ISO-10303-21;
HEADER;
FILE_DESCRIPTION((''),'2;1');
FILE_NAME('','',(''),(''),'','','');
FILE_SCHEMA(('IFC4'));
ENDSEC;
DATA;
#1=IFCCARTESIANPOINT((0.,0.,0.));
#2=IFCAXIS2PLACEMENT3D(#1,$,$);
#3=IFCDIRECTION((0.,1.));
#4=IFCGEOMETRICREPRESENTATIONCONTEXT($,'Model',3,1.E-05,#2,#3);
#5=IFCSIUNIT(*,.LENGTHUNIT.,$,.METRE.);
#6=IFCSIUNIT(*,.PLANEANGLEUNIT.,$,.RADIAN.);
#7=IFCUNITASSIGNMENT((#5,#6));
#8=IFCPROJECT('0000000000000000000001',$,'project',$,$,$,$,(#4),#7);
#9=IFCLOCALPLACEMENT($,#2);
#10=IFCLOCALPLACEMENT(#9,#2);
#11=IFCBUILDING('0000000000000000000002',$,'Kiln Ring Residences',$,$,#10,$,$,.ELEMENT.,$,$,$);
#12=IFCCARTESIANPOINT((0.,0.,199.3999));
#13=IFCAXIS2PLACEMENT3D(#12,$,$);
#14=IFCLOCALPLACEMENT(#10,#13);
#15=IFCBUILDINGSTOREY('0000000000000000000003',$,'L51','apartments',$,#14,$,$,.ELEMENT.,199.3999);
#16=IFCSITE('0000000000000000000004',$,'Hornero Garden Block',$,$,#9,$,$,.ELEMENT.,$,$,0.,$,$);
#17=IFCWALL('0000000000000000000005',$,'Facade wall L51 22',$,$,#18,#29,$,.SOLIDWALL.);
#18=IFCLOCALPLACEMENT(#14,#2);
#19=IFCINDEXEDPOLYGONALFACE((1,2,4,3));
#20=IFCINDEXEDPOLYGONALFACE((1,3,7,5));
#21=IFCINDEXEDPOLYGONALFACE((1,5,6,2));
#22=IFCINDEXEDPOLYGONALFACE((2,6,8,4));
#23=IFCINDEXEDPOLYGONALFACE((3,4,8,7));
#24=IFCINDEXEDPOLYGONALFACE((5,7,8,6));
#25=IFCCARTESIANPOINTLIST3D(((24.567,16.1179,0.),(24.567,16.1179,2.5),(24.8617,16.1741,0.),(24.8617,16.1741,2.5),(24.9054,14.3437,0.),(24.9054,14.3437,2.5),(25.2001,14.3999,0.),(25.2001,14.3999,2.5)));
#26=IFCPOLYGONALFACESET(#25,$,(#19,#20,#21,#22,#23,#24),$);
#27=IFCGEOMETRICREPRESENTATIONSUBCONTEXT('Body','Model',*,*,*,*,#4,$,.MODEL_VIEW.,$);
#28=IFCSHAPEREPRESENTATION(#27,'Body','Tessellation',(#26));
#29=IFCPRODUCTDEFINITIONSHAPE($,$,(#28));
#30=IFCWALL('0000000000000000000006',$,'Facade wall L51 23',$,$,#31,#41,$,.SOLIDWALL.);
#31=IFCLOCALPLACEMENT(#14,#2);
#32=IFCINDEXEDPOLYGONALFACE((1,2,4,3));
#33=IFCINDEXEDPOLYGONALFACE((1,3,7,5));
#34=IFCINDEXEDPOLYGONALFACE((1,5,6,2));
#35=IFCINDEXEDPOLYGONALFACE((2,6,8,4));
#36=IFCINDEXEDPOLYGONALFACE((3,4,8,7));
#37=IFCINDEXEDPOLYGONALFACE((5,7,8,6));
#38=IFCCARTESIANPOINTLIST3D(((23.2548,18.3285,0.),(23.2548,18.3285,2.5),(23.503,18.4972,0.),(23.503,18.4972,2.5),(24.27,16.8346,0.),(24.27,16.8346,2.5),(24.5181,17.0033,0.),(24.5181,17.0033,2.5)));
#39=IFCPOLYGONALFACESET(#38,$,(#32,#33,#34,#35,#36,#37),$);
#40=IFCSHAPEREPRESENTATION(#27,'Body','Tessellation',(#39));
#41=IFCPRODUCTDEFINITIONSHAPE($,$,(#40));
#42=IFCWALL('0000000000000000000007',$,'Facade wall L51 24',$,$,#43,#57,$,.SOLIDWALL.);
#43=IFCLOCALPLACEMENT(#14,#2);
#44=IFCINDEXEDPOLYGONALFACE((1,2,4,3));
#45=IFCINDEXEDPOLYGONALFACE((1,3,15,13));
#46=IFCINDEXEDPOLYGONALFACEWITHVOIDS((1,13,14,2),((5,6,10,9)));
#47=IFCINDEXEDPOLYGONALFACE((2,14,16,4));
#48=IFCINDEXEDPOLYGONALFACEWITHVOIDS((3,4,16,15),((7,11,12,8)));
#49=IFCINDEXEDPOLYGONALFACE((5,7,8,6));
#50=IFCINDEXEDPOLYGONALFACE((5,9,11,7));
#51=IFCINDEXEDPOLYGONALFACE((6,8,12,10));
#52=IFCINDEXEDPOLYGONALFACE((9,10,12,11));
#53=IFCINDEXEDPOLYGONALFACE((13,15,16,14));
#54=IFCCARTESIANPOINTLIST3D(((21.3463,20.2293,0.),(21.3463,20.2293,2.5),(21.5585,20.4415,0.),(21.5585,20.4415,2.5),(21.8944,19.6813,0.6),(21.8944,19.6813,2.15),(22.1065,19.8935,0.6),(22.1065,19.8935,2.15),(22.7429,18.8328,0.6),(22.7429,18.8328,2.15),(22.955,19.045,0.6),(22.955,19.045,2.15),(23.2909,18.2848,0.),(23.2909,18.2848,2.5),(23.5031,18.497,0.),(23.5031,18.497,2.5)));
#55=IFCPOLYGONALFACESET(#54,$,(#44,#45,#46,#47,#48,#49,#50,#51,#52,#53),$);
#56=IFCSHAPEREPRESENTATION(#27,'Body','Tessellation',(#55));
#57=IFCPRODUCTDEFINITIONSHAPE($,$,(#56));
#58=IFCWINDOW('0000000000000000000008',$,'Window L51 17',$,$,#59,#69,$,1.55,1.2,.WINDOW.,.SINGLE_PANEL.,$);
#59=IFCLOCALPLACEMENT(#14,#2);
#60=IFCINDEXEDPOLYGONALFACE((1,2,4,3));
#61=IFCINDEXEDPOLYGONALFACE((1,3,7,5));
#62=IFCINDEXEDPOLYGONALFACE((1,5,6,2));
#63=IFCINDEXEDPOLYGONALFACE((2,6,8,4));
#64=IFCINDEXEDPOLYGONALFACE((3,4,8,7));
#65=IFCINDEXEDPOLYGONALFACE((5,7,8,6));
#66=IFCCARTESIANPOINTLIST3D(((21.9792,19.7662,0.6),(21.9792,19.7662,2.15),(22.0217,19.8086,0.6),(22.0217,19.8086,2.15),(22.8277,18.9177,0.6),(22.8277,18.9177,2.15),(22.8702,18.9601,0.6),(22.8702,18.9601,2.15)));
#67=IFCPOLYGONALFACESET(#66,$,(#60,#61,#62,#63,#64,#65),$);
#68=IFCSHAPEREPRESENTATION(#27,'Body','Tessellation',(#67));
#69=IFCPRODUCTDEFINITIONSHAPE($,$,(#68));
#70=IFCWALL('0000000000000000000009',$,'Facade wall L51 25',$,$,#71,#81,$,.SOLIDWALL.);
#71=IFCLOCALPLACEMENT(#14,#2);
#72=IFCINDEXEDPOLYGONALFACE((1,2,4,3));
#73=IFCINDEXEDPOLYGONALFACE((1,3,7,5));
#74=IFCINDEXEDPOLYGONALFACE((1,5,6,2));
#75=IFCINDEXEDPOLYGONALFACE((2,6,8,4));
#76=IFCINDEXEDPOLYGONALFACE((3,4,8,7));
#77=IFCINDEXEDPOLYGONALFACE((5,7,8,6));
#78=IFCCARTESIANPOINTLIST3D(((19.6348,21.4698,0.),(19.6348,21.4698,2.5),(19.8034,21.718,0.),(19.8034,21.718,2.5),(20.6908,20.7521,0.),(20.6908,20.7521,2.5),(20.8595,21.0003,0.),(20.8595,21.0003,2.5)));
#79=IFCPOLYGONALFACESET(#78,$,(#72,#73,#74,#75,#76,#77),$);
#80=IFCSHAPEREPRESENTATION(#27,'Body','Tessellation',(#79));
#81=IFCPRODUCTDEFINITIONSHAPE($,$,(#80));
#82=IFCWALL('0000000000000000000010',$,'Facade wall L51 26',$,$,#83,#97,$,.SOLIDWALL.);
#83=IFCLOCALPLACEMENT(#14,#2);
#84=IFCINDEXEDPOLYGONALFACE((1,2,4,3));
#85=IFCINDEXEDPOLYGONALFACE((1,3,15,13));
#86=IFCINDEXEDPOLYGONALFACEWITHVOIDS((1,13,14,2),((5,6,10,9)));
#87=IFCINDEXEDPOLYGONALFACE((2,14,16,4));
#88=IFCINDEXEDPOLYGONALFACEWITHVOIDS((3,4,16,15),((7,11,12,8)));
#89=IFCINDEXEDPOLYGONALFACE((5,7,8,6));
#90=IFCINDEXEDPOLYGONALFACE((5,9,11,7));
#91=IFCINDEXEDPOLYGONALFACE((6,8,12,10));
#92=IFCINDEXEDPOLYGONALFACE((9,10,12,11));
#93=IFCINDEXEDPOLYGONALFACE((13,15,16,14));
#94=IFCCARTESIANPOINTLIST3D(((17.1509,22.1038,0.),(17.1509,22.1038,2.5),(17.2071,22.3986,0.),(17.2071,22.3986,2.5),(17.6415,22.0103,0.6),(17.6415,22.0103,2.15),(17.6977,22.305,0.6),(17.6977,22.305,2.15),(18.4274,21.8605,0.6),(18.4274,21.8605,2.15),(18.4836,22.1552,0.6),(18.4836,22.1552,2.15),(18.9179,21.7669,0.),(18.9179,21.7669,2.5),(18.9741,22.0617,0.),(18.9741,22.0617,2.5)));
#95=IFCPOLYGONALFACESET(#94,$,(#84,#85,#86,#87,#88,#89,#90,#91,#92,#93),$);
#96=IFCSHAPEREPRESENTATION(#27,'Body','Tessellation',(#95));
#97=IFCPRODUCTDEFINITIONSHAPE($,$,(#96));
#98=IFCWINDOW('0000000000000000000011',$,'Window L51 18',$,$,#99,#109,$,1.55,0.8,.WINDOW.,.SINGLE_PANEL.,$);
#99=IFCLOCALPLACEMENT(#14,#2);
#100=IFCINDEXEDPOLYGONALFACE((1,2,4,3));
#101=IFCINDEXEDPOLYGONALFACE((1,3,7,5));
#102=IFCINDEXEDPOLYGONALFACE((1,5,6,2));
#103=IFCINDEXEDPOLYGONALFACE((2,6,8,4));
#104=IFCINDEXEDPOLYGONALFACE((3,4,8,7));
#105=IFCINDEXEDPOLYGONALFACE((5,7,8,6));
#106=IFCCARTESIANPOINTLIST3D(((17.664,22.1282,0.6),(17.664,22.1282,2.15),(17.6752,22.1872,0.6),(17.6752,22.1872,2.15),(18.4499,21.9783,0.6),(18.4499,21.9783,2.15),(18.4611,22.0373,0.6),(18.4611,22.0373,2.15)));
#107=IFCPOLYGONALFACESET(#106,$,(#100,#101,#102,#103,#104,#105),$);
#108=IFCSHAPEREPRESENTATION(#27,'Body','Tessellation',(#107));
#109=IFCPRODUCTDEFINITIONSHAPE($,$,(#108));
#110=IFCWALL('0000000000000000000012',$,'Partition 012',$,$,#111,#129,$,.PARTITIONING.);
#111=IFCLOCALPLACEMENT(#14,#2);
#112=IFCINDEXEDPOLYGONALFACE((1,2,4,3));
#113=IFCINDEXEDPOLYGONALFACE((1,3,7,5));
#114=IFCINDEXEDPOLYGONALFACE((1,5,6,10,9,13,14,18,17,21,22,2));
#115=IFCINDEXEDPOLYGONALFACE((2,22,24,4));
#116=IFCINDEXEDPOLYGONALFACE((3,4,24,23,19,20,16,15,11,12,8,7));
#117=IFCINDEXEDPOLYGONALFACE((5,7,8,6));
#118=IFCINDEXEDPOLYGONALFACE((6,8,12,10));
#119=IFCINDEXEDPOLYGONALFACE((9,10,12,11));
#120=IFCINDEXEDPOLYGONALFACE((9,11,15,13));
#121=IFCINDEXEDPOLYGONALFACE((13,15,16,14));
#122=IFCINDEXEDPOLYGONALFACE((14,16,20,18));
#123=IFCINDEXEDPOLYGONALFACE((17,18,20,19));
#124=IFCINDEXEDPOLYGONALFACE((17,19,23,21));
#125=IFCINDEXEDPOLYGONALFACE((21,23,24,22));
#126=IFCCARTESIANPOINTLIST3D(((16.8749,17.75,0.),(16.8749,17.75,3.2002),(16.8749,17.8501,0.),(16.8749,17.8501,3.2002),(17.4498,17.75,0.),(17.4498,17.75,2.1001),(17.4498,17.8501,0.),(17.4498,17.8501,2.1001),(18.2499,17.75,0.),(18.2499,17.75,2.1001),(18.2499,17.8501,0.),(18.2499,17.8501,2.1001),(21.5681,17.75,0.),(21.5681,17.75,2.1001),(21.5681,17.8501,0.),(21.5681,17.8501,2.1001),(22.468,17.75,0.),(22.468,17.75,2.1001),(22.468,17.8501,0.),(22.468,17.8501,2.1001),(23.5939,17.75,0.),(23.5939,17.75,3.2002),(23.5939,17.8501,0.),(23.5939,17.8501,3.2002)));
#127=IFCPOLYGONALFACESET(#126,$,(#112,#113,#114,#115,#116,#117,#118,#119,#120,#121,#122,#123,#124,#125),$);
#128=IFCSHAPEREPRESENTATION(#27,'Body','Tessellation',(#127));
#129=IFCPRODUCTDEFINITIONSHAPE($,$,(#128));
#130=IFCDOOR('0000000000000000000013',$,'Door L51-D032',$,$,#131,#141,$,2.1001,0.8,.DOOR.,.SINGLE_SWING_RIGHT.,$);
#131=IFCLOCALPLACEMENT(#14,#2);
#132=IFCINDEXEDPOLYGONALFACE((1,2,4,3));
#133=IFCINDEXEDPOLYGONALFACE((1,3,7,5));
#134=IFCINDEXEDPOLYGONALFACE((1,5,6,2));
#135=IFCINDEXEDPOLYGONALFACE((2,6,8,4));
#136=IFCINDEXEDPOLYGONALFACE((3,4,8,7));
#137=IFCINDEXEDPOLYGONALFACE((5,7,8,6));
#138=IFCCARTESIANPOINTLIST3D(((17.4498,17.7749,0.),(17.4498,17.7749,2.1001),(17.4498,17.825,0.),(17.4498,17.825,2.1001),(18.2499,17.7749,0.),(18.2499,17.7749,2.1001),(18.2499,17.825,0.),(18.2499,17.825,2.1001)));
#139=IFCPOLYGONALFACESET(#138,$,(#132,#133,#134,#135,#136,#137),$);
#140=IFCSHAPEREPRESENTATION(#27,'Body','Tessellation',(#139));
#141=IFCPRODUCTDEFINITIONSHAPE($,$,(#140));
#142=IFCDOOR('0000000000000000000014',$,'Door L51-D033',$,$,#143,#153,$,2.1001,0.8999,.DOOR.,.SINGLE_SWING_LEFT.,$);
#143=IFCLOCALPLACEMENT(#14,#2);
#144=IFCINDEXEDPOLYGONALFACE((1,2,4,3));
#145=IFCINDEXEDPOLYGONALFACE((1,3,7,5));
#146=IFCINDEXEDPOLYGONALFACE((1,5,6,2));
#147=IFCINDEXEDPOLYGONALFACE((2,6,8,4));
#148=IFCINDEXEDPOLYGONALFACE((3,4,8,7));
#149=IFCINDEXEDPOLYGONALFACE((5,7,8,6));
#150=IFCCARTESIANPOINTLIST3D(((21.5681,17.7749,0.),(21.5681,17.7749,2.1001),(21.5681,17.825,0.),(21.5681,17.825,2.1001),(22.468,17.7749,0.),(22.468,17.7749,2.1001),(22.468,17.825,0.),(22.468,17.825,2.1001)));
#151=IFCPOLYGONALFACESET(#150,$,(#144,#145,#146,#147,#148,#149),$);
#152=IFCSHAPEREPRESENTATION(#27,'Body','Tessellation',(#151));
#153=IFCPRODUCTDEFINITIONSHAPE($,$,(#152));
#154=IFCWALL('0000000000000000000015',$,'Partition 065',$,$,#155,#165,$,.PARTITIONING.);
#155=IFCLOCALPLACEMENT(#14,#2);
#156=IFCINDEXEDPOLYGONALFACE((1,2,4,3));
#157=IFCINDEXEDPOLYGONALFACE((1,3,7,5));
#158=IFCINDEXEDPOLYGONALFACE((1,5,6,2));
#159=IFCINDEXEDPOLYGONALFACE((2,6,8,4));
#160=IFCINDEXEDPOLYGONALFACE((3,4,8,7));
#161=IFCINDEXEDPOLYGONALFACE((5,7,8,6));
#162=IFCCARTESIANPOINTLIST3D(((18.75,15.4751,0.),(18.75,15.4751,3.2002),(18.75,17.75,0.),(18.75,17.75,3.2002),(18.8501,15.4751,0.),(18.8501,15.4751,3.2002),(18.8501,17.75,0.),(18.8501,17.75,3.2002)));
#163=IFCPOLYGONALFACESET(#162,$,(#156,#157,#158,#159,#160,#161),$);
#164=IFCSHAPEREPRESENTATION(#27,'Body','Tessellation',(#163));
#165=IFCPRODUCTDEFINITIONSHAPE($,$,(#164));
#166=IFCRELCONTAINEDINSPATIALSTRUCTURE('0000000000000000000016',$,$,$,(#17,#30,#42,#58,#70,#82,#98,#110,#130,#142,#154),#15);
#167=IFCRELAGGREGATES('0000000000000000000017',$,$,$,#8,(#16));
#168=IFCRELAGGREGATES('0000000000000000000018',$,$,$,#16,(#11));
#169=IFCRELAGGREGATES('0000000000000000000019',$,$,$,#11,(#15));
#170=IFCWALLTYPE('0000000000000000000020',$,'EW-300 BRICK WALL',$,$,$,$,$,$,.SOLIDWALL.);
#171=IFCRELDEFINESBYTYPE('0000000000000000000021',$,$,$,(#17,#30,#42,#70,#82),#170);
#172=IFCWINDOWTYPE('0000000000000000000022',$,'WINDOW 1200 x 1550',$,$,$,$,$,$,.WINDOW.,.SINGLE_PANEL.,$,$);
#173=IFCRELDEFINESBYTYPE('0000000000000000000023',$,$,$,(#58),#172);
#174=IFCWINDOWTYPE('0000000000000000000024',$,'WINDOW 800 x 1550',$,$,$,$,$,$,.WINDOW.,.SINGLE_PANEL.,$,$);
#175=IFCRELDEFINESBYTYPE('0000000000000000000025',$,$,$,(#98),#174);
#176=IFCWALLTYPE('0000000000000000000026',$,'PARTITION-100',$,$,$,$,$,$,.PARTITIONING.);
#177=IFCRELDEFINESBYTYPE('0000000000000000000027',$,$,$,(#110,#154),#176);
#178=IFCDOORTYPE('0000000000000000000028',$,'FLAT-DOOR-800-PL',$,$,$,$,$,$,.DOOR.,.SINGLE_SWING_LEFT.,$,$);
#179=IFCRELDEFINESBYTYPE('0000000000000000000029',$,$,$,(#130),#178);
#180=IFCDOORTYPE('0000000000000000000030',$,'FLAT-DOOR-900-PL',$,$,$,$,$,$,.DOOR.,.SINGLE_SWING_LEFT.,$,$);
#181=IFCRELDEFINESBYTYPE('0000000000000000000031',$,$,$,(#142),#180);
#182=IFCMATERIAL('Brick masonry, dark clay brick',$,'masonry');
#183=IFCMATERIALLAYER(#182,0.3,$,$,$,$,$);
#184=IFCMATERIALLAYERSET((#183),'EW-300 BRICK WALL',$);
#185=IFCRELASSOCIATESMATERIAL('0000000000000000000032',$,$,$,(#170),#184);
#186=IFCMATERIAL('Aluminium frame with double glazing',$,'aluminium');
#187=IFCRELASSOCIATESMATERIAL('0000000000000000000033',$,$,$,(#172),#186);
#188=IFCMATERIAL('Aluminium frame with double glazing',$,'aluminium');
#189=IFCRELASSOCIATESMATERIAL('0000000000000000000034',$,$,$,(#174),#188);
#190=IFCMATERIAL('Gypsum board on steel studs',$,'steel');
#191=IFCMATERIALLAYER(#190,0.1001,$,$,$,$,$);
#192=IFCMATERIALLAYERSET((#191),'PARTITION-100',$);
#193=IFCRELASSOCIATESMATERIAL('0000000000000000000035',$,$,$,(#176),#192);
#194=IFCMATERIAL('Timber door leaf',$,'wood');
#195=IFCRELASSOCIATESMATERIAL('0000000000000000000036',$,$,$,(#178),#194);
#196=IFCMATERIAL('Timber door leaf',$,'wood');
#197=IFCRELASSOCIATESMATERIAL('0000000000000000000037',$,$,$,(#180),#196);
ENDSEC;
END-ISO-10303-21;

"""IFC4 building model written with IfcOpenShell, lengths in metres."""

from ifc_helpers import new_model, si_unit, direction, frame, frame_2d, origin, place, context, subcontext, project, spatial, rectangle, extrude, material, layer, layer_set, type_object, element, fill, save


model = new_model("IFC4")

# Units and contexts
model_context = context("Model", 3, precision=1e-05, world=origin(), true_north=direction((0.0, 1.0)))
body_context = subcontext(model_context, "Body", "Model", "MODEL_VIEW")
ifc_project = project(units=[si_unit("LENGTHUNIT", "METRE"), si_unit("PLANEANGLEUNIT", "RADIAN")], contexts=[model_context])

# Site, building, storey
site_placement = place(None, origin())
site = spatial("IfcSite", under=ifc_project, at=site_placement, Name="Hornero Garden Block", CompositionType="ELEMENT", RefElevation=0.0)
building_placement = place(site_placement, origin())
building = spatial("IfcBuilding", under=site, at=building_placement, Name="Kiln Ring Residences", CompositionType="ELEMENT")
storey_placement = place(building_placement, frame((0.0, 0.0, 199.3999)))
storey = spatial("IfcBuildingStorey", under=building, at=storey_placement, Name="L51", Description="apartments", CompositionType="ELEMENT", Elevation=199.3999)

# Walls
ifc_material_1 = material(Name="Brick masonry, dark clay brick", Category="masonry")
ifc_layer_1 = layer(ifc_material_1, 0.3)
ifc_layer_set_1 = layer_set([ifc_layer_1], Name="EW-300 BRICK WALL")
wall_type_1 = type_object("IfcWallType", Name="EW-300 BRICK WALL", PredefinedType="SOLIDWALL", material=ifc_layer_set_1)
for number, where, z_axis, x_axis, name in (
    (1, (25.0527, 14.3718, 0.0), (0.0, 0.0, 1.0), (-0.187348, 0.982294, 0.0), "Facade wall L51 22"),
    (2, (24.394, 16.9189, 0.0), (0.0, 0.0, 1.0), (-0.56204, 0.82711, 0.0), "Facade wall L51 23"),
):
    element("IfcWall", number, at=place(storey_placement, frame(where, z_axis=z_axis, x_axis=x_axis)), inside=storey, type_object=wall_type_1, Name=name, PredefinedType="SOLIDWALL", context=body_context, shape_type="SweptSolid", body=[
        extrude(rectangle(XDim=1.8062, YDim=0.3, at=frame_2d((0.9031, 0.0))), origin(), (0.0, 0.0, 1.0), 2.5),
    ])

# Wall, opening, window
wall_1_placement = place(storey_placement, frame((23.397, 18.3909, 0.0), z_axis=(0.0, 0.0, 1.0), x_axis=(-0.707107, 0.707107, 0.0)))
wall_1 = element("IfcWall", 3, at=wall_1_placement, inside=storey, type_object=wall_type_1, Name="Facade wall L51 24", PredefinedType="SOLIDWALL", context=body_context, shape_type="SweptSolid", body=[
    extrude(rectangle(XDim=2.75, YDim=0.3, at=frame_2d((1.375, 0.0))), origin(), (0.0, 0.0, 1.0), 2.5),
])
opening_1_placement = place(wall_1_placement, frame((0.7749, 0.0, 0.6001)))
opening_1 = element("IfcOpeningElement", 4, at=opening_1_placement, cuts=wall_1, PredefinedType="OPENING", context=body_context, shape_type="SweptSolid", body=[
    extrude(rectangle(XDim=1.2, YDim=1.55, at=frame_2d((0.6001, 0.7749))), frame((0.0, 0.1599, 0.0), z_axis=(0.0, -1.0, 0.0), x_axis=(1.0, 0.0, 0.0)), (0.0, 0.0, 1.0), 0.3201),
])
ifc_material_2 = material(Name="Aluminium frame with double glazing", Category="aluminium")
window_type_1 = type_object("IfcWindowType", Name="WINDOW 1200 x 1550", PartitioningType="SINGLE_PANEL", PredefinedType="WINDOW", material=ifc_material_2)
window_1_placement = place(opening_1_placement, origin())
window_1 = element("IfcWindow", 5, at=window_1_placement, inside=storey, type_object=window_type_1, Name="Window L51 17", OverallHeight=1.55, OverallWidth=1.2, PartitioningType="SINGLE_PANEL", PredefinedType="WINDOW", context=body_context, shape_type="SweptSolid", body=[
    extrude(rectangle(XDim=1.2, YDim=1.55, at=frame_2d((0.6001, 0.7749))), frame((0.0, 0.03, 0.0), z_axis=(0.0, -1.0, 0.0), x_axis=(1.0, 0.0, 0.0)), (0.0, 0.0, 1.0), 0.0601),
])
fill(opening_1, window_1)

# Wall
wall_2_placement = place(storey_placement, frame((20.7751, 20.8762, 0.0), z_axis=(0.0, 0.0, 1.0), x_axis=(-0.827076, 0.56209, 0.0)))
element("IfcWall", 6, at=wall_2_placement, inside=storey, type_object=wall_type_1, Name="Facade wall L51 25", PredefinedType="SOLIDWALL", context=body_context, shape_type="SweptSolid", body=[
    extrude(rectangle(XDim=1.2769, YDim=0.3, at=frame_2d((0.6384, 0.0))), origin(), (0.0, 0.0, 1.0), 2.5),
])

# Wall, opening, window
wall_3_placement = place(storey_placement, frame((18.946, 21.9143, 0.0), z_axis=(0.0, 0.0, 1.0), x_axis=(-0.982305, 0.187287, 0.0)))
wall_3 = element("IfcWall", 7, at=wall_3_placement, inside=storey, type_object=wall_type_1, Name="Facade wall L51 26", PredefinedType="SOLIDWALL", context=body_context, shape_type="SweptSolid", body=[
    extrude(rectangle(XDim=1.7988, YDim=0.3, at=frame_2d((0.8994, 0.0))), origin(), (0.0, 0.0, 1.0), 2.5),
])
opening_2_placement = place(wall_3_placement, frame((0.4995, 0.0, 0.6001)))
opening_2 = element("IfcOpeningElement", 8, at=opening_2_placement, cuts=wall_3, PredefinedType="OPENING", context=body_context, shape_type="SweptSolid", body=[
    extrude(rectangle(XDim=0.8, YDim=1.55, at=frame_2d((0.3999, 0.7749))), frame((0.0, 0.1599, 0.0), z_axis=(0.0, -1.0, 0.0), x_axis=(1.0, 0.0, 0.0)), (0.0, 0.0, 1.0), 0.3201),
])
ifc_material_3 = material(Name="Aluminium frame with double glazing", Category="aluminium")
window_type_2 = type_object("IfcWindowType", Name="WINDOW 800 x 1550", PartitioningType="SINGLE_PANEL", PredefinedType="WINDOW", material=ifc_material_3)
window_2_placement = place(opening_2_placement, origin())
window_2 = element("IfcWindow", 9, at=window_2_placement, inside=storey, type_object=window_type_2, Name="Window L51 18", OverallHeight=1.55, OverallWidth=0.8, PartitioningType="SINGLE_PANEL", PredefinedType="WINDOW", context=body_context, shape_type="SweptSolid", body=[
    extrude(rectangle(XDim=0.8, YDim=1.55, at=frame_2d((0.3999, 0.7749))), frame((0.0, 0.03, 0.0), z_axis=(0.0, -1.0, 0.0), x_axis=(1.0, 0.0, 0.0)), (0.0, 0.0, 1.0), 0.0601),
])
fill(opening_2, window_2)

# Wall, openings, doors
ifc_material_4 = material(Name="Gypsum board on steel studs", Category="steel")
ifc_layer_2 = layer(ifc_material_4, 0.1001)
ifc_layer_set_2 = layer_set([ifc_layer_2], Name="PARTITION-100")
wall_type_2 = type_object("IfcWallType", Name="PARTITION-100", PredefinedType="PARTITIONING", material=ifc_layer_set_2)
wall_4_placement = place(storey_placement, frame((16.875, 17.8, 0.0), z_axis=(0.0, 0.0, 1.0), x_axis=(1.0, 0.0, 0.0)))
wall_4 = element("IfcWall", 10, at=wall_4_placement, inside=storey, type_object=wall_type_2, Name="Partition 012", PredefinedType="PARTITIONING", context=body_context, shape_type="SweptSolid", body=[
    extrude(rectangle(XDim=6.719, YDim=0.1001, at=frame_2d((3.3594, 0.0))), origin(), (0.0, 0.0, 1.0), 3.2002),
])
opening_3_placement = place(wall_4_placement, frame((0.575, 0.0, 0.0)))
opening_3 = element("IfcOpeningElement", 11, at=opening_3_placement, cuts=wall_4, PredefinedType="OPENING", context=body_context, shape_type="SweptSolid", body=[
    extrude(rectangle(XDim=0.8, YDim=2.1001, at=frame_2d((0.3999, 1.05))), frame((0.0, 0.0601, 0.0), z_axis=(0.0, -1.0, 0.0), x_axis=(1.0, 0.0, 0.0)), (0.0, 0.0, 1.0), 0.1201),
])
opening_4_placement = place(wall_4_placement, frame((4.6931, 0.0, 0.0)))
opening_4 = element("IfcOpeningElement", 12, at=opening_4_placement, cuts=wall_4, PredefinedType="OPENING", context=body_context, shape_type="SweptSolid", body=[
    extrude(rectangle(XDim=0.8999, YDim=2.1001, at=frame_2d((0.45, 1.05))), frame((0.0, 0.0601, 0.0), z_axis=(0.0, -1.0, 0.0), x_axis=(1.0, 0.0, 0.0)), (0.0, 0.0, 1.0), 0.1201),
])
ifc_material_5 = material(Name="Timber door leaf", Category="wood")
door_type_1 = type_object("IfcDoorType", Name="FLAT-DOOR-800-PL", OperationType="SINGLE_SWING_LEFT", PredefinedType="DOOR", material=ifc_material_5)
door_1_placement = place(opening_3_placement, origin())
door_1 = element("IfcDoor", 13, at=door_1_placement, inside=storey, type_object=door_type_1, Name="Door L51-D032", OperationType="SINGLE_SWING_RIGHT", OverallHeight=2.1001, OverallWidth=0.8, PredefinedType="DOOR", context=body_context, shape_type="SweptSolid", body=[
    extrude(rectangle(XDim=0.8, YDim=2.1001, at=frame_2d((0.3999, 1.05))), frame((0.0, 0.0249, 0.0), z_axis=(0.0, -1.0, 0.0), x_axis=(1.0, 0.0, 0.0)), (0.0, 0.0, 1.0), 0.05),
])
fill(opening_3, door_1)
ifc_material_6 = material(Name="Timber door leaf", Category="wood")
door_type_2 = type_object("IfcDoorType", Name="FLAT-DOOR-900-PL", OperationType="SINGLE_SWING_LEFT", PredefinedType="DOOR", material=ifc_material_6)
door_2_placement = place(opening_4_placement, origin())
door_2 = element("IfcDoor", 14, at=door_2_placement, inside=storey, type_object=door_type_2, Name="Door L51-D033", OperationType="SINGLE_SWING_LEFT", OverallHeight=2.1001, OverallWidth=0.8999, PredefinedType="DOOR", context=body_context, shape_type="SweptSolid", body=[
    extrude(rectangle(XDim=0.8999, YDim=2.1001, at=frame_2d((0.45, 1.05))), frame((0.0, 0.0249, 0.0), z_axis=(0.0, -1.0, 0.0), x_axis=(1.0, 0.0, 0.0)), (0.0, 0.0, 1.0), 0.05),
])
fill(opening_4, door_2)

# Wall
wall_5_placement = place(storey_placement, frame((18.8, 15.4751, 0.0), z_axis=(0.0, 0.0, 1.0), x_axis=(0.0, 1.0, 0.0)))
element("IfcWall", 15, at=wall_5_placement, inside=storey, type_object=wall_type_2, Name="Partition 065", PredefinedType="PARTITIONING", context=body_context, shape_type="SweptSolid", body=[
    extrude(rectangle(XDim=2.2749, YDim=0.1001, at=frame_2d((1.1375, 0.0))), origin(), (0.0, 0.0, 1.0), 3.2002),
])

save(model, "model.ifc")
